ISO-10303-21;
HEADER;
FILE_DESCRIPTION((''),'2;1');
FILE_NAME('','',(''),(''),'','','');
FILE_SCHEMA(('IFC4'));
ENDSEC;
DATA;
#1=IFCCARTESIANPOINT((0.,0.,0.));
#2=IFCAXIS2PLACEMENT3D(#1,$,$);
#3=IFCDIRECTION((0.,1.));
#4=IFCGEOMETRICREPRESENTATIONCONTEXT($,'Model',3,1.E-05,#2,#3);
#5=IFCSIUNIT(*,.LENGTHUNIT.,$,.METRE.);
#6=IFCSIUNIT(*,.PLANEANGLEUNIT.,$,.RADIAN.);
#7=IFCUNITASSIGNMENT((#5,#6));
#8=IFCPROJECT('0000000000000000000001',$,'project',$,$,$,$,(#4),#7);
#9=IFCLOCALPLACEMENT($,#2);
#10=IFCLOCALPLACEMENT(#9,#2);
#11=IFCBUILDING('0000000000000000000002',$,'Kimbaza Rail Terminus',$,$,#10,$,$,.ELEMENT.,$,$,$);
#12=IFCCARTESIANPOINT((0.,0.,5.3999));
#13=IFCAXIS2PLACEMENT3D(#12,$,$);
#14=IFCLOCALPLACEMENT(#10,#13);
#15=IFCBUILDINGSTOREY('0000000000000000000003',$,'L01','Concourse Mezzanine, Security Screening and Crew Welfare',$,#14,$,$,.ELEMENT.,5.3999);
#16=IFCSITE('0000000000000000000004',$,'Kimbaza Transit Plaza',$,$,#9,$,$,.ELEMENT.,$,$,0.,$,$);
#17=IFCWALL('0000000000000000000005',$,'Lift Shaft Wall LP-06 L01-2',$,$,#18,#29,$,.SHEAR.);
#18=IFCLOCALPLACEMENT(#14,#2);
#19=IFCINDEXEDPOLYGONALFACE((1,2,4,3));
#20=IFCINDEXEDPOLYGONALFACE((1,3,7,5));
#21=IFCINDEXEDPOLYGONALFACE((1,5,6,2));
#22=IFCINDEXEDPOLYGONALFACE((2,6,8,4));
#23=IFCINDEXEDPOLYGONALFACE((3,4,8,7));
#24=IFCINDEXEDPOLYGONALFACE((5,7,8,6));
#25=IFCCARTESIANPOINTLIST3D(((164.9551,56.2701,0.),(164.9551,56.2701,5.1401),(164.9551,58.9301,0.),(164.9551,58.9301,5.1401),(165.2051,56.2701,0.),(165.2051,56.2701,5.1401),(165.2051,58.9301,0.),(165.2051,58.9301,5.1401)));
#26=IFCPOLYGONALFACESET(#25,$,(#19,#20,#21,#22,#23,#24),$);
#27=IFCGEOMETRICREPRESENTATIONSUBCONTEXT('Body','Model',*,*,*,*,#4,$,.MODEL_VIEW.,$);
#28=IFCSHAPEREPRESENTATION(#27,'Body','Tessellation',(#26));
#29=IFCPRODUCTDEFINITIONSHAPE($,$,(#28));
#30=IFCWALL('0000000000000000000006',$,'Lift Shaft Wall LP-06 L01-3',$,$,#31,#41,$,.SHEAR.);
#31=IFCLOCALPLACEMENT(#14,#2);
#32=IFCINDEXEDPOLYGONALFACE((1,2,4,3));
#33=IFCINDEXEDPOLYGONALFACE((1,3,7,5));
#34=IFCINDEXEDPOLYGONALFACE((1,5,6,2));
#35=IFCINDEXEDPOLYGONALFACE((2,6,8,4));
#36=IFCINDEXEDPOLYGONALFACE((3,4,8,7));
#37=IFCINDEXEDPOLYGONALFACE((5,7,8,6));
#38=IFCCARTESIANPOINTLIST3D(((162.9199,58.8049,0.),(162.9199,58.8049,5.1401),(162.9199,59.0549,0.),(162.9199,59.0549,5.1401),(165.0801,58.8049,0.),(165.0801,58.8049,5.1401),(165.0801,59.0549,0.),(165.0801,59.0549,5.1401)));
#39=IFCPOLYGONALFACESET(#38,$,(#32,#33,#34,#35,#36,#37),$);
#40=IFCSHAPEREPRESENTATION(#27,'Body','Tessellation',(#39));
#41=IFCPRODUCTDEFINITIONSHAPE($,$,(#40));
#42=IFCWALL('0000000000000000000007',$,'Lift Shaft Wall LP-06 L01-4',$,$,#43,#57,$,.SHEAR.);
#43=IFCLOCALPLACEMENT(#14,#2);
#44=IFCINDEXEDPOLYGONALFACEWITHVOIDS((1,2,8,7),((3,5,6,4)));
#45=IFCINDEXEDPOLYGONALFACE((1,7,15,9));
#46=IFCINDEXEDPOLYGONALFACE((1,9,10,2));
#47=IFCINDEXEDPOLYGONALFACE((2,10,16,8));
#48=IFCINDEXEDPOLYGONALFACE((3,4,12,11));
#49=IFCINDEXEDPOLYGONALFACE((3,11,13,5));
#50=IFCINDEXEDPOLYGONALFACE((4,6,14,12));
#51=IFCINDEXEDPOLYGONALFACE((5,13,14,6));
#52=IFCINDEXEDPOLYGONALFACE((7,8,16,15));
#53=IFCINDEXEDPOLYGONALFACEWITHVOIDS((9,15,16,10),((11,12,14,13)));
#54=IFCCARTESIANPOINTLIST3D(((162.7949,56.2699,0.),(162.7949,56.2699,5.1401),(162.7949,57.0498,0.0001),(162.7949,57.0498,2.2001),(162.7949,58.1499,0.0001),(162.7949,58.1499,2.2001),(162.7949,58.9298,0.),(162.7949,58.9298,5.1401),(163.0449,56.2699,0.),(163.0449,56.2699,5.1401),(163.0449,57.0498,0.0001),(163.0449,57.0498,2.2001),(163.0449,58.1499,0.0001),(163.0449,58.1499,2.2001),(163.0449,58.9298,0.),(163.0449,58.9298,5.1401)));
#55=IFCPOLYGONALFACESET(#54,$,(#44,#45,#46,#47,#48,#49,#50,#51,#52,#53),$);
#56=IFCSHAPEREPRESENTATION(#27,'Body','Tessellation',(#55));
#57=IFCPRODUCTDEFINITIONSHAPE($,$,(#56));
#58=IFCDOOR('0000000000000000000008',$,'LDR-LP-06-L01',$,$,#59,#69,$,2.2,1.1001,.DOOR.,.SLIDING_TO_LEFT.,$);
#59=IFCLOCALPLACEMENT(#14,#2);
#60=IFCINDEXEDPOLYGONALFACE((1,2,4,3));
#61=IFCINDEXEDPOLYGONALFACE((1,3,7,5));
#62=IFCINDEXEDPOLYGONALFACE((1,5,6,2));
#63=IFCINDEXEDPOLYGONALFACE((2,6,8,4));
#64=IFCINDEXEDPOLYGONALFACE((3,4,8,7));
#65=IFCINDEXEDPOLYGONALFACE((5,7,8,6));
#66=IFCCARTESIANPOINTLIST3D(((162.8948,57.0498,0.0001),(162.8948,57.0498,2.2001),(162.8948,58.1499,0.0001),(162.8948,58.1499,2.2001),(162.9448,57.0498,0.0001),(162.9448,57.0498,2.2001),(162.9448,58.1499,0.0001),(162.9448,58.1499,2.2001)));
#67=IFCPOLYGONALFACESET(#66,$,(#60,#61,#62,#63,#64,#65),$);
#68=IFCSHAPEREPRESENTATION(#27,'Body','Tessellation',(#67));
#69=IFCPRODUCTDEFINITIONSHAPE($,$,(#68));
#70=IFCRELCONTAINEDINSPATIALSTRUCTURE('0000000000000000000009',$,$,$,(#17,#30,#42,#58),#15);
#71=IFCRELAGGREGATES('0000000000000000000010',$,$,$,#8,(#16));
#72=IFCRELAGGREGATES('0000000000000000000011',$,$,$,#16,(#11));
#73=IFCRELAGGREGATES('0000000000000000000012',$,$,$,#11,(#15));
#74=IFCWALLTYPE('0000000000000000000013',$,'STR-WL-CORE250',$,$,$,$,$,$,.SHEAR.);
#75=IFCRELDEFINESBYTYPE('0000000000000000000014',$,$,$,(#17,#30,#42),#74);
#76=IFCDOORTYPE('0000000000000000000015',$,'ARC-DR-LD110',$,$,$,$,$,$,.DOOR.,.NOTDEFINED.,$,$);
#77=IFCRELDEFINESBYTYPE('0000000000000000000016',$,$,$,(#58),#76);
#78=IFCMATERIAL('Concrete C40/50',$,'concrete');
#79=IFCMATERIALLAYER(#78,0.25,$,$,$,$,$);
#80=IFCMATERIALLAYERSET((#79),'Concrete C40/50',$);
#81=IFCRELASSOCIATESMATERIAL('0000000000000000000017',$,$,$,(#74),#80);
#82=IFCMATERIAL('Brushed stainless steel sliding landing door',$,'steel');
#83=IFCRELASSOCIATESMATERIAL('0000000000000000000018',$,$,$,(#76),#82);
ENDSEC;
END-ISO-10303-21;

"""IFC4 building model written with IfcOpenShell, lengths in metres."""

from ifc_helpers import new_model, si_unit, direction, frame, frame_2d, origin, place, context, subcontext, project, spatial, rectangle, extrude, material, layer, layer_set, type_object, element, fill, save


model = new_model("IFC4")

# Units and contexts
model_context = context("Model", 3, precision=1e-05, world=origin(), true_north=direction((0.0, 1.0)))
body_context = subcontext(model_context, "Body", "Model", "MODEL_VIEW")
ifc_project = project(units=[si_unit("LENGTHUNIT", "METRE"), si_unit("PLANEANGLEUNIT", "RADIAN")], contexts=[model_context])

# Site, building, storey
site_placement = place(None, origin())
site = spatial("IfcSite", under=ifc_project, at=site_placement, Name="Kimbaza Transit Plaza", CompositionType="ELEMENT", RefElevation=0.0)
building_placement = place(site_placement, origin())
building = spatial("IfcBuilding", under=site, at=building_placement, Name="Kimbaza Rail Terminus", CompositionType="ELEMENT")
storey_placement = place(building_placement, frame((0.0, 0.0, 5.3999)))
storey = spatial("IfcBuildingStorey", under=building, at=storey_placement, Name="L01", Description="Concourse Mezzanine, Security Screening and Crew Welfare", CompositionType="ELEMENT", Elevation=5.3999)

# Walls
ifc_material_1 = material(Name="Concrete C40/50", Category="concrete")
ifc_layer_1 = layer(ifc_material_1, 0.25)
ifc_layer_set_1 = layer_set([ifc_layer_1], Name="Concrete C40/50")
wall_type_1 = type_object("IfcWallType", Name="STR-WL-CORE250", PredefinedType="SHEAR", material=ifc_layer_set_1)
wall_1_placement = place(storey_placement, frame((165.0801, 56.27, 0.0), z_axis=(0.0, 0.0, 1.0), x_axis=(0.0, 1.0, 0.0)))
element("IfcWall", 1, at=wall_1_placement, inside=storey, type_object=wall_type_1, Name="Lift Shaft Wall LP-06 L01-2", PredefinedType="SHEAR", context=body_context, shape_type="SweptSolid", body=[
    extrude(rectangle(XDim=2.6599, YDim=0.25, at=frame_2d((1.3301, 0.0))), origin(), (0.0, 0.0, 1.0), 5.1401),
])
wall_2_placement = place(storey_placement, frame((165.0801, 58.9299, 0.0), z_axis=(0.0, 0.0, 1.0), x_axis=(-1.0, 0.0, 0.0)))
element("IfcWall", 2, at=wall_2_placement, inside=storey, type_object=wall_type_1, Name="Lift Shaft Wall LP-06 L01-3", PredefinedType="SHEAR", context=body_context, shape_type="SweptSolid", body=[
    extrude(rectangle(XDim=2.1602, YDim=0.25, at=frame_2d((1.0801, 0.0))), origin(), (0.0, 0.0, 1.0), 5.1401),
])

# Wall, opening, door
wall_3_placement = place(storey_placement, frame((162.9199, 58.9299, 0.0), z_axis=(0.0, 0.0, 1.0), x_axis=(0.0, -1.0, 0.0)))
wall_3 = element("IfcWall", 3, at=wall_3_placement, inside=storey, type_object=wall_type_1, Name="Lift Shaft Wall LP-06 L01-4", PredefinedType="SHEAR", context=body_context, shape_type="SweptSolid", body=[
    extrude(rectangle(XDim=2.6599, YDim=0.25, at=frame_2d((1.3301, 0.0))), origin(), (0.0, 0.0, 1.0), 5.1401),
])
opening_1_placement = place(wall_3_placement, frame((0.78, 0.0, 0.0)))
opening_1 = element("IfcOpeningElement", 4, at=opening_1_placement, cuts=wall_3, PredefinedType="OPENING", context=body_context, shape_type="SweptSolid", body=[
    extrude(rectangle(XDim=1.1001, YDim=2.2, at=frame_2d((0.55, 1.1001))), frame((0.0, 0.135, 0.0), z_axis=(0.0, -1.0, 0.0), x_axis=(1.0, 0.0, 0.0)), (0.0, 0.0, 1.0), 0.27),
])
ifc_material_2 = material(Name="Brushed stainless steel sliding landing door", Category="steel")
door_type_1 = type_object("IfcDoorType", Name="ARC-DR-LD110", OperationType="NOTDEFINED", PredefinedType="DOOR", material=ifc_material_2)
door_1_placement = place(opening_1_placement, origin())
door_1 = element("IfcDoor", 5, at=door_1_placement, inside=storey, type_object=door_type_1, Name="LDR-LP-06-L01", OperationType="SLIDING_TO_LEFT", OverallHeight=2.2, OverallWidth=1.1001, PredefinedType="DOOR", context=body_context, shape_type="SweptSolid", body=[
    extrude(rectangle(XDim=1.1001, YDim=2.2, at=frame_2d((0.55, 1.1001))), frame((0.0, 0.0249, 0.0), z_axis=(0.0, -1.0, 0.0), x_axis=(1.0, 0.0, 0.0)), (0.0, 0.0, 1.0), 0.05),
])
fill(opening_1, door_1)

save(model, "model.ifc")
